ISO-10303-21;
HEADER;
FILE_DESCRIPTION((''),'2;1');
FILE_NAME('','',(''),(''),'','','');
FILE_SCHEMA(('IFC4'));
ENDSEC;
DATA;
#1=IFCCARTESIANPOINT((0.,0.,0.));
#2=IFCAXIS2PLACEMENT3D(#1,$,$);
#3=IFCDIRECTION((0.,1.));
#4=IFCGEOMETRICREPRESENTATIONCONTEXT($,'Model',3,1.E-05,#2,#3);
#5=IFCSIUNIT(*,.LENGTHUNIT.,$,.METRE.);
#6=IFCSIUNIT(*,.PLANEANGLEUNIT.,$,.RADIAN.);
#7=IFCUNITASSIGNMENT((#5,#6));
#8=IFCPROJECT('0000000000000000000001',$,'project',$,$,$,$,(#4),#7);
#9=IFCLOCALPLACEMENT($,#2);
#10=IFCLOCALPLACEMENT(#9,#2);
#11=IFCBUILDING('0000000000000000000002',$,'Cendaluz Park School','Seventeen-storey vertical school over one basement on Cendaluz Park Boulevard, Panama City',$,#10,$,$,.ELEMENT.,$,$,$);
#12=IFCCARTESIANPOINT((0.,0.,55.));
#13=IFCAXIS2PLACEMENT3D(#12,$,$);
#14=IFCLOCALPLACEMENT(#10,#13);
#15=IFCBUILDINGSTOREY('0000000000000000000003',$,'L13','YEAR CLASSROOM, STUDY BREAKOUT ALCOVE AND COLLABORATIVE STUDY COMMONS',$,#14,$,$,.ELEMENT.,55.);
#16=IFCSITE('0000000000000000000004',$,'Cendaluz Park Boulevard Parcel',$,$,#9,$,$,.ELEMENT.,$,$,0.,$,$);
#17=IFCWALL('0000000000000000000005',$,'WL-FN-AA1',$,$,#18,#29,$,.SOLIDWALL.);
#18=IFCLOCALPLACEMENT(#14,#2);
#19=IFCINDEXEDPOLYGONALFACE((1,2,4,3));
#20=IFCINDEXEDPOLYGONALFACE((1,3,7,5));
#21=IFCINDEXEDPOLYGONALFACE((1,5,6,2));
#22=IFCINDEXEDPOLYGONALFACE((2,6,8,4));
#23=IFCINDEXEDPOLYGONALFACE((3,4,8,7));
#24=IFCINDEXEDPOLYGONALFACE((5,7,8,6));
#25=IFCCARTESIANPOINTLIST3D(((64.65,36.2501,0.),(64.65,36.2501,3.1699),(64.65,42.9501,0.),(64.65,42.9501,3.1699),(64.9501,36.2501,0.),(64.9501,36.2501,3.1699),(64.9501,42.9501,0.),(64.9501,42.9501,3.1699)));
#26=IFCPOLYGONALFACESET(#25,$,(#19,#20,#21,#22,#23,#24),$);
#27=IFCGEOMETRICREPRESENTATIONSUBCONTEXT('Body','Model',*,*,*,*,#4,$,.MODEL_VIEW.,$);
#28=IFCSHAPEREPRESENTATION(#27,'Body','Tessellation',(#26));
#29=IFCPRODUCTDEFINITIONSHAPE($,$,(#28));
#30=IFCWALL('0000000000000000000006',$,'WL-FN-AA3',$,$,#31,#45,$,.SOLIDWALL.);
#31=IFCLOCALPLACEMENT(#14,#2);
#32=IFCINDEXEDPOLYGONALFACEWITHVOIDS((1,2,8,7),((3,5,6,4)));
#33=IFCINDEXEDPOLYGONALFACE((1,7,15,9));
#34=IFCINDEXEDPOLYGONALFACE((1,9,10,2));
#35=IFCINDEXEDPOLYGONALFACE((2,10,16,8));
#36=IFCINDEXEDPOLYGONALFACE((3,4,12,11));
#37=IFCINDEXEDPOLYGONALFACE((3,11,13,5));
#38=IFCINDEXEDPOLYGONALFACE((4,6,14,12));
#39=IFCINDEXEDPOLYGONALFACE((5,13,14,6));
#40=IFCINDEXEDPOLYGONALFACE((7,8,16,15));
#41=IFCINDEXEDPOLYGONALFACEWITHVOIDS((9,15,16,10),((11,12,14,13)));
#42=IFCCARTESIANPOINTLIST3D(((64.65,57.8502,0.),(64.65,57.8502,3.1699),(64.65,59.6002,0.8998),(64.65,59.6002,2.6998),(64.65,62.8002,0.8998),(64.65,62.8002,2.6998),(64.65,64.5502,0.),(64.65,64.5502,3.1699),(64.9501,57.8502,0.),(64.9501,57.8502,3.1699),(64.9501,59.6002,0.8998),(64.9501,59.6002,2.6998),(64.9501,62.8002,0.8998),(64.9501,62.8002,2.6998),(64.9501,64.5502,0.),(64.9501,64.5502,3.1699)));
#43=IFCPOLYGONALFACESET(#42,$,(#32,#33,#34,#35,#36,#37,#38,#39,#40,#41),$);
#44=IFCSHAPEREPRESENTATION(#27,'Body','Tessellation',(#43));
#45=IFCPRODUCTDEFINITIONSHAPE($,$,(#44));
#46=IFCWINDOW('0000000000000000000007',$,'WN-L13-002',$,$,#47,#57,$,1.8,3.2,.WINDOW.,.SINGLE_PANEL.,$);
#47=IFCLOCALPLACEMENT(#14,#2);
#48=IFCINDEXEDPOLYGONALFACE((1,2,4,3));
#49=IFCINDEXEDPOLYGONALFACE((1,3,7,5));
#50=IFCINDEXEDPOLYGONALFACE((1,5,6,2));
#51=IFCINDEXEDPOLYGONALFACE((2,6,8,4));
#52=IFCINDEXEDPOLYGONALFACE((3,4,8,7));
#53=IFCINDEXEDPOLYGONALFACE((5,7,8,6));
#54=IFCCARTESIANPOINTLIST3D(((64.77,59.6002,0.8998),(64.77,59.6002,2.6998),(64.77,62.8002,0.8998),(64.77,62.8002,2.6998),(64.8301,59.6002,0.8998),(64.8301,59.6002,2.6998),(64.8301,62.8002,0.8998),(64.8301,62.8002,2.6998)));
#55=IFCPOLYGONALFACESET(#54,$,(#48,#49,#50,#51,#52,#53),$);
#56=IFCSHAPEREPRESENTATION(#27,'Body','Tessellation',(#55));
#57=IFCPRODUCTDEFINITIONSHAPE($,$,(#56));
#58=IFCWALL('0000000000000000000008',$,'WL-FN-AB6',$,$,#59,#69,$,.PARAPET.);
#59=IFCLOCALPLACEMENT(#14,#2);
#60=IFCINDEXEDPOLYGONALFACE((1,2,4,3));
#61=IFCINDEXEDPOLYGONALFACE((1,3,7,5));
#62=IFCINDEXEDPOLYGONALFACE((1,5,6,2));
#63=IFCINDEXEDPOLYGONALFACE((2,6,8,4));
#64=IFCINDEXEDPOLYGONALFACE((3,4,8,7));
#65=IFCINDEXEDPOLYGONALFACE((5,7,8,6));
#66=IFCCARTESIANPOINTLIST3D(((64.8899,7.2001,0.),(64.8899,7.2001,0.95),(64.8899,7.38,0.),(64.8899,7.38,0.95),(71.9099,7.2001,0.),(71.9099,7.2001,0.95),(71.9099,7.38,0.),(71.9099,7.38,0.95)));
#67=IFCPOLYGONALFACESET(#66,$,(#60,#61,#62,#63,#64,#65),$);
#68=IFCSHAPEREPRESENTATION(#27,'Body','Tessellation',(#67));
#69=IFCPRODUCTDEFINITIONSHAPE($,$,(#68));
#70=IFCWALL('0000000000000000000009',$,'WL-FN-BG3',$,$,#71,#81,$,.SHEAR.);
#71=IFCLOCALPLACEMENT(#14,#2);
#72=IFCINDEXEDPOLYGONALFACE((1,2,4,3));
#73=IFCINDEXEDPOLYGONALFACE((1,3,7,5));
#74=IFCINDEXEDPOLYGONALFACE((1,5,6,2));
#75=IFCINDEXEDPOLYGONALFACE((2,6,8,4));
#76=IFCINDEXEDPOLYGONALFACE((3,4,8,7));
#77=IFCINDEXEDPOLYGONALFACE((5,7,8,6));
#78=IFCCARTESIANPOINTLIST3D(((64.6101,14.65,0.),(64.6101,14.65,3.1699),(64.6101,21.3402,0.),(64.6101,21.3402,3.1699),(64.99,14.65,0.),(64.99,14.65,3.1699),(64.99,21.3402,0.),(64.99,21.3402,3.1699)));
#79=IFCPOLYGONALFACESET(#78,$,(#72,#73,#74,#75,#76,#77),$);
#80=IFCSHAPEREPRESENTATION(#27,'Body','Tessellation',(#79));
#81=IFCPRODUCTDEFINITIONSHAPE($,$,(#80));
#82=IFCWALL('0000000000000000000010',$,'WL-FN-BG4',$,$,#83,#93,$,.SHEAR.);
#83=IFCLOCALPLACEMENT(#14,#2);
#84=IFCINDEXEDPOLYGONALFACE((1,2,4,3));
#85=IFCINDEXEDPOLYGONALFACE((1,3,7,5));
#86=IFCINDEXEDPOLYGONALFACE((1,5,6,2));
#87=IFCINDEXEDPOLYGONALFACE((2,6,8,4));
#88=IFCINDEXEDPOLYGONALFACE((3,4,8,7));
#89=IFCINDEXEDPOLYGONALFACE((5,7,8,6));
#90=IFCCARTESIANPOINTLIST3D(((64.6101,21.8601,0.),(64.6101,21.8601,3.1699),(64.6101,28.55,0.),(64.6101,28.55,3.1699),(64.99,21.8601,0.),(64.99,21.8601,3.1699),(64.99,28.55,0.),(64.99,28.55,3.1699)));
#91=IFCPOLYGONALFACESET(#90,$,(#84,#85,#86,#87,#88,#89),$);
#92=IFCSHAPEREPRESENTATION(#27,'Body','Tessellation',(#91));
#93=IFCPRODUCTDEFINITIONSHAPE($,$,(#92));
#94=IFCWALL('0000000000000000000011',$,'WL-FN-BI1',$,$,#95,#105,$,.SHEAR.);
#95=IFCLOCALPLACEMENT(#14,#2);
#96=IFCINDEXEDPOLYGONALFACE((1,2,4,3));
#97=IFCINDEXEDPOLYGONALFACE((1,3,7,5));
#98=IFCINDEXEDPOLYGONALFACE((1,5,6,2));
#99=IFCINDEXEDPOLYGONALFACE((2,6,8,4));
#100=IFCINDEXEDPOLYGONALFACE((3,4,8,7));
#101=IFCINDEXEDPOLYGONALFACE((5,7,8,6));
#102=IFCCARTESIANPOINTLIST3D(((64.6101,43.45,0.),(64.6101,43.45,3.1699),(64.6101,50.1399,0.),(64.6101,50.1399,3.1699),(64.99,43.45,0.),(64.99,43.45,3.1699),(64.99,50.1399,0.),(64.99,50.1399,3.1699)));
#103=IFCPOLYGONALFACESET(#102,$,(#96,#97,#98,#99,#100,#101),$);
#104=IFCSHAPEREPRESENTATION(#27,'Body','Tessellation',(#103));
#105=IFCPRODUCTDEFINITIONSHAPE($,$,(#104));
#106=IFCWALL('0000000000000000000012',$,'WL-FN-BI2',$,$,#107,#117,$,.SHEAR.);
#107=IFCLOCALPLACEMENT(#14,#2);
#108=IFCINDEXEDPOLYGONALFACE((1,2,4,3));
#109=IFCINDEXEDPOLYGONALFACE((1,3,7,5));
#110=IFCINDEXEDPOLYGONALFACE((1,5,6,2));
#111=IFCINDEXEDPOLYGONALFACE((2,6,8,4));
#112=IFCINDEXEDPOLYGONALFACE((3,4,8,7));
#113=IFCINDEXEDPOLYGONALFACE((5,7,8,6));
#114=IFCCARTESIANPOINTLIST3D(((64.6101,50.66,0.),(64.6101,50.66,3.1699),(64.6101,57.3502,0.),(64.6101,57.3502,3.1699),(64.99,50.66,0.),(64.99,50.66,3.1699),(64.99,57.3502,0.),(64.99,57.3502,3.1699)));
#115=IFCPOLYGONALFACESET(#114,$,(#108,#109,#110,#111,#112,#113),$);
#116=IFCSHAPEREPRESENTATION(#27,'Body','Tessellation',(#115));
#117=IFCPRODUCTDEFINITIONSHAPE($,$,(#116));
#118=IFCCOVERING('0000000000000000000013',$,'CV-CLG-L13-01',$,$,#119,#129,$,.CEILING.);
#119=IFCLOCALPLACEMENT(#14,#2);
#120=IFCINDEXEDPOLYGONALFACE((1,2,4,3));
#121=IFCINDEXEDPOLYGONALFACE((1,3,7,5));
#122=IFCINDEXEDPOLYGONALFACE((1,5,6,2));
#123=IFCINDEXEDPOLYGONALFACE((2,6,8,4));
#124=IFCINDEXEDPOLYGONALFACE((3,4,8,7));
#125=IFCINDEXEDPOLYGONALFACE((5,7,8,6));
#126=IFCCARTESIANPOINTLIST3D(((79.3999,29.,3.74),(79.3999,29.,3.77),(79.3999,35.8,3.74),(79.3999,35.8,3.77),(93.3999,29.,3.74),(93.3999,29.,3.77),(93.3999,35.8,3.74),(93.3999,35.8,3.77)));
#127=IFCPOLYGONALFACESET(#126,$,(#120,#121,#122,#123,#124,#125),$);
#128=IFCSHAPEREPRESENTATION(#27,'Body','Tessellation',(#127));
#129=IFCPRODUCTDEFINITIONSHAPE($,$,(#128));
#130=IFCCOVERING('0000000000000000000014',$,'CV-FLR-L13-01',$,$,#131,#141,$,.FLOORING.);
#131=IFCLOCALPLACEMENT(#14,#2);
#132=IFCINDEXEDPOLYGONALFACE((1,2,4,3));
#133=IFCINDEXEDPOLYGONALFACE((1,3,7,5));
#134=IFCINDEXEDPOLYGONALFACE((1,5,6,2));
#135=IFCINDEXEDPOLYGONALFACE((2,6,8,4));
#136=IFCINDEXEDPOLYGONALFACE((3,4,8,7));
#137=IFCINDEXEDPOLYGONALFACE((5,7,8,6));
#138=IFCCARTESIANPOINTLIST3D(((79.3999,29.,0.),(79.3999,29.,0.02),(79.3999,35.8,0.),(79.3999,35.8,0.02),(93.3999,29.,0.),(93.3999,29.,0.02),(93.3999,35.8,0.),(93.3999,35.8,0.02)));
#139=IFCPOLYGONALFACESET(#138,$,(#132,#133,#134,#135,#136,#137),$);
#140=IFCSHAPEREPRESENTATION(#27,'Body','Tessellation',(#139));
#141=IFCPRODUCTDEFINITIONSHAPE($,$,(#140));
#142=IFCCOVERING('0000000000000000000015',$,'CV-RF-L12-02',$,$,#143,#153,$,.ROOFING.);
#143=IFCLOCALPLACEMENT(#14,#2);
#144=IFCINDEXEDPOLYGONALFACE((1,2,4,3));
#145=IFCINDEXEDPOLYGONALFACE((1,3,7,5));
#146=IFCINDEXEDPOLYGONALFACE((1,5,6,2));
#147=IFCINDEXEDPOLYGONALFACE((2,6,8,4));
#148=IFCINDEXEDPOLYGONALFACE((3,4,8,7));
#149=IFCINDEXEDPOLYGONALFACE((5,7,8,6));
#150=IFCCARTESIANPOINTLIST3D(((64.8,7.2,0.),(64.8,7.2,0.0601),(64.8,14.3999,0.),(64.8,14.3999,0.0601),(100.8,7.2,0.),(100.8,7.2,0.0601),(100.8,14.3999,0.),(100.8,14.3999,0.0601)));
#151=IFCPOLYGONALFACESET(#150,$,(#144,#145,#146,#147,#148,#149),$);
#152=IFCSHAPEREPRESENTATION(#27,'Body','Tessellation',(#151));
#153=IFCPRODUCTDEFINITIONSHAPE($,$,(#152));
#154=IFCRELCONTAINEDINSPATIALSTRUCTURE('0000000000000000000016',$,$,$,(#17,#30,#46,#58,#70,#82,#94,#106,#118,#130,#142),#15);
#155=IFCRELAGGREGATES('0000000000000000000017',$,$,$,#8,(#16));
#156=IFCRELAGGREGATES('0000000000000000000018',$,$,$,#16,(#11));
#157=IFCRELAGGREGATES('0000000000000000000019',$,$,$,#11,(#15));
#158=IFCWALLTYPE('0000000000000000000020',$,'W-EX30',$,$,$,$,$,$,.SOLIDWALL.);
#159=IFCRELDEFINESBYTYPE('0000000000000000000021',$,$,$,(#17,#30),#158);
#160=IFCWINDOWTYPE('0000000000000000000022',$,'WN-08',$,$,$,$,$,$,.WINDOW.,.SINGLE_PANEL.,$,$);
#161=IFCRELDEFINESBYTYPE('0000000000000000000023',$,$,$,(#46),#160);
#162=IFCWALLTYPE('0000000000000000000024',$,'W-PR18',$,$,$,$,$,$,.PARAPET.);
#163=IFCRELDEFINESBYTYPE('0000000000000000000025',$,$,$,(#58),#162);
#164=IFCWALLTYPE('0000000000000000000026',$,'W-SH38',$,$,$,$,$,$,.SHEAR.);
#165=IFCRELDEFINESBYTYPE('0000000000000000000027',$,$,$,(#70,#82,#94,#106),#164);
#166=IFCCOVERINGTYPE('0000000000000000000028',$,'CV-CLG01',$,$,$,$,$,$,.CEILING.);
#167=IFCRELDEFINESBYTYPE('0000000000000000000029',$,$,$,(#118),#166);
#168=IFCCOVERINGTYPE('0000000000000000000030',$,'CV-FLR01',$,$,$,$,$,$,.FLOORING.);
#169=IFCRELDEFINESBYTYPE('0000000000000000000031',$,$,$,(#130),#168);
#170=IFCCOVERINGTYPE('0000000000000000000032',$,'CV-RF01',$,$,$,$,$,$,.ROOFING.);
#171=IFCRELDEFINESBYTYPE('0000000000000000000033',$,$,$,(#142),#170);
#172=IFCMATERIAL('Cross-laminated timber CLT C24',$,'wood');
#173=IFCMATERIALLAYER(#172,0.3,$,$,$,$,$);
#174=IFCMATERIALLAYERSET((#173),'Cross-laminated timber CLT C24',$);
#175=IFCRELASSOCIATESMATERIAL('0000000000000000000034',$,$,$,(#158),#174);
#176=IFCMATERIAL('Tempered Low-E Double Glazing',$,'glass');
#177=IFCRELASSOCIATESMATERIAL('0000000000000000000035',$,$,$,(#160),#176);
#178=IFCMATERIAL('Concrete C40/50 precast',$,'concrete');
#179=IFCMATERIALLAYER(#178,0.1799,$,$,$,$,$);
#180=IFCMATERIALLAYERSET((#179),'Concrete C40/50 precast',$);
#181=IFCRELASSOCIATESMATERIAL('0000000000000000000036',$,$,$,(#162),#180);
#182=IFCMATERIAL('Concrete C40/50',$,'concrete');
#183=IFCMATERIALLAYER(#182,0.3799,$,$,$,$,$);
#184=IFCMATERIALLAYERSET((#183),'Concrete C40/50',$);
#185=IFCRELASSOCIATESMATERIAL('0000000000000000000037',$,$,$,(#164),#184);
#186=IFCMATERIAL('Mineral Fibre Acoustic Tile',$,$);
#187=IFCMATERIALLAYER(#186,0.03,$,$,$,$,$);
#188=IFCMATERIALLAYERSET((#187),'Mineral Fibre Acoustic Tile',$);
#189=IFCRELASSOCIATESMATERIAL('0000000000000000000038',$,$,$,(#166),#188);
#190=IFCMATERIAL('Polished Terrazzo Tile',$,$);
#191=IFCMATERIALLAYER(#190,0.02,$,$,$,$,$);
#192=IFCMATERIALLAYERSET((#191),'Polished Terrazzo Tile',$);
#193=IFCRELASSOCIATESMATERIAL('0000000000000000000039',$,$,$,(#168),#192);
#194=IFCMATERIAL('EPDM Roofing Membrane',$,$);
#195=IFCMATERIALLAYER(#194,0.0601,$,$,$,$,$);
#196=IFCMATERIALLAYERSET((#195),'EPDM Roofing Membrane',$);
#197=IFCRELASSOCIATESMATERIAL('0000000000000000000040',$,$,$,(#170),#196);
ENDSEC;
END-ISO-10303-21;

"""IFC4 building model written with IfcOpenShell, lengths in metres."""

from ifc_helpers import new_model, si_unit, direction, frame, frame_2d, origin, place, context, subcontext, project, spatial, polyline, rectangle, outline, extrude, material, layer, layer_set, type_object, element, fill, save


model = new_model("IFC4")

# Units and contexts
model_context = context("Model", 3, precision=1e-05, world=origin(), true_north=direction((0.0, 1.0)))
body_context = subcontext(model_context, "Body", "Model", "MODEL_VIEW")
ifc_project = project(units=[si_unit("LENGTHUNIT", "METRE"), si_unit("PLANEANGLEUNIT", "RADIAN")], contexts=[model_context])

# Site, building, storey
site_placement = place(None, origin())
site = spatial("IfcSite", under=ifc_project, at=site_placement, Name="Cendaluz Park Boulevard Parcel", CompositionType="ELEMENT", RefElevation=0.0)
building_placement = place(site_placement, origin())
building = spatial("IfcBuilding", under=site, at=building_placement, Name="Cendaluz Park School", Description="Seventeen-storey vertical school over one basement on Cendaluz Park Boulevard, Panama City", CompositionType="ELEMENT")
storey_placement = place(building_placement, frame((0.0, 0.0, 55.0)))
storey = spatial("IfcBuildingStorey", under=building, at=storey_placement, Name="L13", Description="YEAR CLASSROOM, STUDY BREAKOUT ALCOVE AND COLLABORATIVE STUDY COMMONS", CompositionType="ELEMENT", Elevation=55.0)

# Shared definitions
ifc_material_1 = material(Name="Cross-laminated timber CLT C24", Category="wood")

# Wall
ifc_layer_1 = layer(ifc_material_1, 0.3)
ifc_layer_set_1 = layer_set([ifc_layer_1], Name="Cross-laminated timber CLT C24")
wall_type_1 = type_object("IfcWallType", Name="W-EX30", PredefinedType="SOLIDWALL", material=ifc_layer_set_1)
for number, where, z_axis, x_axis, name in (
    (1, (64.8, 36.25, 0.0), (0.0, 0.0, 1.0), (0.0, 1.0, 0.0), "WL-FN-AA1"),
):
    element("IfcWall", number, at=place(storey_placement, frame(where, z_axis=z_axis, x_axis=x_axis)), inside=storey, type_object=wall_type_1, Name=name, PredefinedType="SOLIDWALL", context=body_context, shape_type="SweptSolid", body=[
        extrude(rectangle(XDim=6.7, YDim=0.3, at=frame_2d((3.3501, 0.0))), origin(), (0.0, 0.0, 1.0), 3.1699),
    ])

# Wall, opening, window
wall_1_placement = place(storey_placement, frame((64.8, 57.8501, 0.0), z_axis=(0.0, 0.0, 1.0), x_axis=(0.0, 1.0, 0.0)))
wall_1 = element("IfcWall", 2, at=wall_1_placement, inside=storey, type_object=wall_type_1, Name="WL-FN-AA3", PredefinedType="SOLIDWALL", context=body_context, shape_type="SweptSolid", body=[
    extrude(rectangle(XDim=6.7, YDim=0.3, at=frame_2d((3.3501, 0.0))), origin(), (0.0, 0.0, 1.0), 3.1699),
])
opening_placement = place(wall_1_placement, frame((1.75, 0.0, 0.8999)))
opening = element("IfcOpeningElement", 3, at=opening_placement, cuts=wall_1, PredefinedType="OPENING", context=body_context, shape_type="SweptSolid", body=[
    extrude(rectangle(XDim=3.2, YDim=1.8, at=frame_2d((1.6001, 0.8999))), frame((0.0, 0.1621, 0.0), z_axis=(0.0, -1.0, 0.0), x_axis=(1.0, 0.0, 0.0)), (0.0, 0.0, 1.0), 0.324),
])
ifc_material_2 = material(Name="Tempered Low-E Double Glazing", Category="glass")
window_type = type_object("IfcWindowType", Name="WN-08", PartitioningType="SINGLE_PANEL", PredefinedType="WINDOW", material=ifc_material_2)
window_placement = place(opening_placement, origin())
window = element("IfcWindow", 4, at=window_placement, inside=storey, type_object=window_type, Name="WN-L13-002", OverallHeight=1.8, OverallWidth=3.2, PartitioningType="SINGLE_PANEL", PredefinedType="WINDOW", context=body_context, shape_type="SweptSolid", body=[
    extrude(rectangle(XDim=3.2, YDim=1.8, at=frame_2d((1.6001, 0.8999))), frame((0.0, 0.03, 0.0), z_axis=(0.0, -1.0, 0.0), x_axis=(1.0, 0.0, 0.0)), (0.0, 0.0, 1.0), 0.0601),
])
fill(opening, window)

# Walls
ifc_material_3 = material(Name="Concrete C40/50 precast", Category="concrete")
ifc_layer_2 = layer(ifc_material_3, 0.1799)
ifc_layer_set_2 = layer_set([ifc_layer_2], Name="Concrete C40/50 precast")
wall_type_2 = type_object("IfcWallType", Name="W-PR18", PredefinedType="PARAPET", material=ifc_layer_set_2)
wall_2_placement = place(storey_placement, frame((64.8899, 7.29, 0.0), z_axis=(0.0, 0.0, 1.0), x_axis=(1.0, 0.0, 0.0)))
element("IfcWall", 5, at=wall_2_placement, inside=storey, type_object=wall_type_2, Name="WL-FN-AB6", PredefinedType="PARAPET", context=body_context, shape_type="SweptSolid", body=[
    extrude(rectangle(XDim=7.02, YDim=0.1799, at=frame_2d((3.51, 0.0))), origin(), (0.0, 0.0, 1.0), 0.95),
])
ifc_material_4 = material(Name="Concrete C40/50", Category="concrete")
ifc_layer_3 = layer(ifc_material_4, 0.3799)
ifc_layer_set_3 = layer_set([ifc_layer_3], Name="Concrete C40/50")
wall_type_3 = type_object("IfcWallType", Name="W-SH38", PredefinedType="SHEAR", material=ifc_layer_set_3)
wall_3_placement = place(storey_placement, frame((64.8, 14.6499, 0.0), z_axis=(0.0, 0.0, 1.0), x_axis=(0.0, 1.0, 0.0)))
element("IfcWall", 6, at=wall_3_placement, inside=storey, type_object=wall_type_3, Name="WL-FN-BG3", PredefinedType="SHEAR", context=body_context, shape_type="SweptSolid", body=[
    extrude(rectangle(XDim=6.6902, YDim=0.3799, at=frame_2d((3.3452, 0.0))), origin(), (0.0, 0.0, 1.0), 3.1699),
])
for number, where, z_axis, x_axis, name in (
    (7, (64.8, 21.8601, 0.0), (0.0, 0.0, 1.0), (0.0, 1.0, 0.0), "WL-FN-BG4"),
    (8, (64.8, 43.45, 0.0), (0.0, 0.0, 1.0), (0.0, 1.0, 0.0), "WL-FN-BI1"),
):
    element("IfcWall", number, at=place(storey_placement, frame(where, z_axis=z_axis, x_axis=x_axis)), inside=storey, type_object=wall_type_3, Name=name, PredefinedType="SHEAR", context=body_context, shape_type="SweptSolid", body=[
        extrude(rectangle(XDim=6.6899, YDim=0.3799, at=frame_2d((3.345, 0.0))), origin(), (0.0, 0.0, 1.0), 3.1699),
    ])
wall_4_placement = place(storey_placement, frame((64.8, 50.6599, 0.0), z_axis=(0.0, 0.0, 1.0), x_axis=(0.0, 1.0, 0.0)))
element("IfcWall", 9, at=wall_4_placement, inside=storey, type_object=wall_type_3, Name="WL-FN-BI2", PredefinedType="SHEAR", context=body_context, shape_type="SweptSolid", body=[
    extrude(rectangle(XDim=6.6902, YDim=0.3799, at=frame_2d((3.3452, 0.0))), origin(), (0.0, 0.0, 1.0), 3.1699),
])

# Coverings
ifc_material_5 = material(Name="Mineral Fibre Acoustic Tile")
ifc_layer_4 = layer(ifc_material_5, 0.03)
ifc_layer_set_4 = layer_set([ifc_layer_4], Name="Mineral Fibre Acoustic Tile")
covering_type_1 = type_object("IfcCoveringType", Name="CV-CLG01", PredefinedType="CEILING", material=ifc_layer_set_4)
covering_1_placement = place(storey_placement, frame((0.0, 0.0, 3.74)))
element("IfcCovering", 10, at=covering_1_placement, inside=storey, type_object=covering_type_1, Name="CV-CLG-L13-01", PredefinedType="CEILING", context=body_context, shape_type="SweptSolid", body=[
    extrude(outline(polyline([(79.3999, 29.0), (93.3999, 29.0), (93.3999, 35.8), (79.3999, 35.8), (79.3999, 29.0)])), origin(), (0.0, 0.0, 1.0), 0.03),
])
ifc_material_6 = material(Name="Polished Terrazzo Tile")
ifc_layer_5 = layer(ifc_material_6, 0.02)
ifc_layer_set_5 = layer_set([ifc_layer_5], Name="Polished Terrazzo Tile")
covering_type_2 = type_object("IfcCoveringType", Name="CV-FLR01", PredefinedType="FLOORING", material=ifc_layer_set_5)
covering_2_placement = place(storey_placement, origin())
element("IfcCovering", 11, at=covering_2_placement, inside=storey, type_object=covering_type_2, Name="CV-FLR-L13-01", PredefinedType="FLOORING", context=body_context, shape_type="SweptSolid", body=[
    extrude(outline(polyline([(79.3999, 29.0), (93.3999, 29.0), (93.3999, 35.8), (79.3999, 35.8), (79.3999, 29.0)])), origin(), (0.0, 0.0, 1.0), 0.02),
])
ifc_material_7 = material(Name="EPDM Roofing Membrane")
ifc_layer_6 = layer(ifc_material_7, 0.0601)
ifc_layer_set_6 = layer_set([ifc_layer_6], Name="EPDM Roofing Membrane")
covering_type_3 = type_object("IfcCoveringType", Name="CV-RF01", PredefinedType="ROOFING", material=ifc_layer_set_6)
covering_3_placement = place(storey_placement, origin())
element("IfcCovering", 12, at=covering_3_placement, inside=storey, type_object=covering_type_3, Name="CV-RF-L12-02", PredefinedType="ROOFING", context=body_context, shape_type="SweptSolid", body=[
    extrude(outline(polyline([(64.8, 14.3999), (100.8, 14.3999), (100.8, 7.2), (64.8, 7.2), (64.8, 14.3999)])), origin(), (0.0, 0.0, 1.0), 0.0601),
])

save(model, "model.ifc")
